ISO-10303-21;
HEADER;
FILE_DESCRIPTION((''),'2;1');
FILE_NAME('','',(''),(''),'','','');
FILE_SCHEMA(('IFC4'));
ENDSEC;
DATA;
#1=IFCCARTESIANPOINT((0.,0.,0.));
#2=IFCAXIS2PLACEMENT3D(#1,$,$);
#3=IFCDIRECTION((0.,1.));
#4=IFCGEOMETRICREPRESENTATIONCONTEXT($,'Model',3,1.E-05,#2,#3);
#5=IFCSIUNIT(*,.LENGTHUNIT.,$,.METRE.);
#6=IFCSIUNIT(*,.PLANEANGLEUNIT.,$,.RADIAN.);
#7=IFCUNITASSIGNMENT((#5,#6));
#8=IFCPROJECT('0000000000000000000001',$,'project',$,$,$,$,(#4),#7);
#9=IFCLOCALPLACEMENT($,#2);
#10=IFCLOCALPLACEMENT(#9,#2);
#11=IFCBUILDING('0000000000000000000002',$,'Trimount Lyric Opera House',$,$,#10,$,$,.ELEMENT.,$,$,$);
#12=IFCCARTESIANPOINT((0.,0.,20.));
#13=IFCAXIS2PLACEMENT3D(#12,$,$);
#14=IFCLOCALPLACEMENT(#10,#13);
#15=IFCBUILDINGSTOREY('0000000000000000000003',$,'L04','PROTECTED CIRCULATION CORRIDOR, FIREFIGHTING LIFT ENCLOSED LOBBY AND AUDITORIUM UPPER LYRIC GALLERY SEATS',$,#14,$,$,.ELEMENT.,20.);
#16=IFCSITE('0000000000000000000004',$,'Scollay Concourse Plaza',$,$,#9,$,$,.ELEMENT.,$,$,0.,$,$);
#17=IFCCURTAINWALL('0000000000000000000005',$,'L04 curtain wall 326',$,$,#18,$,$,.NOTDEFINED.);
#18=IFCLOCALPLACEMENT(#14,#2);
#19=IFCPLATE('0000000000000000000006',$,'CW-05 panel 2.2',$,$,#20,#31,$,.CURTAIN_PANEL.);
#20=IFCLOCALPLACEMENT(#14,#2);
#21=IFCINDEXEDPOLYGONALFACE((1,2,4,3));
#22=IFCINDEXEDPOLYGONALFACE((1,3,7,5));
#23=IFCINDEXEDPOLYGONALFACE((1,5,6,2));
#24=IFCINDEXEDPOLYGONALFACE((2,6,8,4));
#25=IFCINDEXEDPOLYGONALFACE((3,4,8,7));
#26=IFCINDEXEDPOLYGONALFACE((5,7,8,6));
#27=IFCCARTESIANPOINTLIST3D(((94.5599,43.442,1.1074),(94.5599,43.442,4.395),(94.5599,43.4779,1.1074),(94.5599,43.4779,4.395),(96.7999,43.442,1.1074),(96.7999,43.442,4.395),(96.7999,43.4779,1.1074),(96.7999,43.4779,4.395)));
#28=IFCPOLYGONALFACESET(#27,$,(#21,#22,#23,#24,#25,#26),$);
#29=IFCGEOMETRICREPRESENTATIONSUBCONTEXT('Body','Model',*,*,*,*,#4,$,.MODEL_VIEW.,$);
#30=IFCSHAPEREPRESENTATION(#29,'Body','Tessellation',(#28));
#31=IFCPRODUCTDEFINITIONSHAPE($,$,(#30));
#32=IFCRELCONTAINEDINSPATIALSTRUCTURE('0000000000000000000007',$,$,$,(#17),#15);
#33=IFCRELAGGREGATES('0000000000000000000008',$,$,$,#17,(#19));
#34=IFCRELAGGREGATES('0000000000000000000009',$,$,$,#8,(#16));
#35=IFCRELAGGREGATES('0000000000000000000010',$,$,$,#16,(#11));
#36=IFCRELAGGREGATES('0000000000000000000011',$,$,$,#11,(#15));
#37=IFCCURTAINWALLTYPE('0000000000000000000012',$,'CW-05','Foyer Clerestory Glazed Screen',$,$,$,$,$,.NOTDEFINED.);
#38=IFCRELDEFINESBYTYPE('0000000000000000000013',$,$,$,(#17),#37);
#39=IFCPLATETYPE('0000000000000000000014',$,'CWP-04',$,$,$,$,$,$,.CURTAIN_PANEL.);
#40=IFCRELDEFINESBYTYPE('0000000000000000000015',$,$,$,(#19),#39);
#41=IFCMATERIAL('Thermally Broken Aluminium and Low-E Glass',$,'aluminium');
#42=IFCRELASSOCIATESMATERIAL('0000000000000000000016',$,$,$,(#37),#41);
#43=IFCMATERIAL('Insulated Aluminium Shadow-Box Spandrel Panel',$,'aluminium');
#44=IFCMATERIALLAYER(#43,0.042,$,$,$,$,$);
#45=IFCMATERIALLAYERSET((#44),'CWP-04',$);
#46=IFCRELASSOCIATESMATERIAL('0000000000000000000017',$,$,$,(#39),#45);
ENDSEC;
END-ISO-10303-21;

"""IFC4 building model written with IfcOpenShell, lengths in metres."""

from ifc_helpers import new_model, si_unit, direction, frame, origin, origin_2d, place, context, subcontext, project, spatial, rectangle, extrude, material, layer, layer_set, type_object, element, aggregate, save


model = new_model("IFC4")

# Units and contexts
model_context = context("Model", 3, precision=1e-05, world=origin(), true_north=direction((0.0, 1.0)))
body_context = subcontext(model_context, "Body", "Model", "MODEL_VIEW")
ifc_project = project(units=[si_unit("LENGTHUNIT", "METRE"), si_unit("PLANEANGLEUNIT", "RADIAN")], contexts=[model_context])

# Site, building, storey
site_placement = place(None, origin())
site = spatial("IfcSite", under=ifc_project, at=site_placement, Name="Scollay Concourse Plaza", CompositionType="ELEMENT", RefElevation=0.0)
building_placement = place(site_placement, origin())
building = spatial("IfcBuilding", under=site, at=building_placement, Name="Trimount Lyric Opera House", CompositionType="ELEMENT")
storey_placement = place(building_placement, frame((0.0, 0.0, 20.0)))
storey = spatial("IfcBuildingStorey", under=building, at=storey_placement, Name="L04", Description="PROTECTED CIRCULATION CORRIDOR, FIREFIGHTING LIFT ENCLOSED LOBBY AND AUDITORIUM UPPER LYRIC GALLERY SEATS", CompositionType="ELEMENT", Elevation=20.0)

# Curtain wall
ifc_material_1 = material(Name="Thermally Broken Aluminium and Low-E Glass", Category="aluminium")
curtain_wall_type = type_object("IfcCurtainWallType", Name="CW-05", Description="Foyer Clerestory Glazed Screen", PredefinedType="NOTDEFINED", material=ifc_material_1)
curtain_wall_1_placement = place(storey_placement, origin())
curtain_wall_1 = element("IfcCurtainWall", 1, at=curtain_wall_1_placement, inside=storey, type_object=curtain_wall_type, Name="L04 curtain wall 326", PredefinedType="NOTDEFINED")

# Plate
ifc_material_2 = material(Name="Insulated Aluminium Shadow-Box Spandrel Panel", Category="aluminium")
ifc_layer_1 = layer(ifc_material_2, 0.042)
ifc_layer_set_1 = layer_set([ifc_layer_1], Name="CWP-04")
plate_type_1 = type_object("IfcPlateType", Name="CWP-04", PredefinedType="CURTAIN_PANEL", material=ifc_layer_set_1)
plate_1_placement = place(storey_placement, frame((95.6799, 43.46, 1.1074), z_axis=(0.0, 0.0, 1.0), x_axis=(-1.0, 0.0, 0.0)))
plate_1 = element("IfcPlate", 2, at=plate_1_placement, type_object=plate_type_1, Name="CW-05 panel 2.2", PredefinedType="CURTAIN_PANEL", context=body_context, shape_type="SweptSolid", body=[
    extrude(rectangle(XDim=2.24, YDim=0.0359, at=origin_2d()), origin(), (0.0, 0.0, 1.0), 3.2876),
])
aggregate(curtain_wall_1, [plate_1])

save(model, "model.ifc")
